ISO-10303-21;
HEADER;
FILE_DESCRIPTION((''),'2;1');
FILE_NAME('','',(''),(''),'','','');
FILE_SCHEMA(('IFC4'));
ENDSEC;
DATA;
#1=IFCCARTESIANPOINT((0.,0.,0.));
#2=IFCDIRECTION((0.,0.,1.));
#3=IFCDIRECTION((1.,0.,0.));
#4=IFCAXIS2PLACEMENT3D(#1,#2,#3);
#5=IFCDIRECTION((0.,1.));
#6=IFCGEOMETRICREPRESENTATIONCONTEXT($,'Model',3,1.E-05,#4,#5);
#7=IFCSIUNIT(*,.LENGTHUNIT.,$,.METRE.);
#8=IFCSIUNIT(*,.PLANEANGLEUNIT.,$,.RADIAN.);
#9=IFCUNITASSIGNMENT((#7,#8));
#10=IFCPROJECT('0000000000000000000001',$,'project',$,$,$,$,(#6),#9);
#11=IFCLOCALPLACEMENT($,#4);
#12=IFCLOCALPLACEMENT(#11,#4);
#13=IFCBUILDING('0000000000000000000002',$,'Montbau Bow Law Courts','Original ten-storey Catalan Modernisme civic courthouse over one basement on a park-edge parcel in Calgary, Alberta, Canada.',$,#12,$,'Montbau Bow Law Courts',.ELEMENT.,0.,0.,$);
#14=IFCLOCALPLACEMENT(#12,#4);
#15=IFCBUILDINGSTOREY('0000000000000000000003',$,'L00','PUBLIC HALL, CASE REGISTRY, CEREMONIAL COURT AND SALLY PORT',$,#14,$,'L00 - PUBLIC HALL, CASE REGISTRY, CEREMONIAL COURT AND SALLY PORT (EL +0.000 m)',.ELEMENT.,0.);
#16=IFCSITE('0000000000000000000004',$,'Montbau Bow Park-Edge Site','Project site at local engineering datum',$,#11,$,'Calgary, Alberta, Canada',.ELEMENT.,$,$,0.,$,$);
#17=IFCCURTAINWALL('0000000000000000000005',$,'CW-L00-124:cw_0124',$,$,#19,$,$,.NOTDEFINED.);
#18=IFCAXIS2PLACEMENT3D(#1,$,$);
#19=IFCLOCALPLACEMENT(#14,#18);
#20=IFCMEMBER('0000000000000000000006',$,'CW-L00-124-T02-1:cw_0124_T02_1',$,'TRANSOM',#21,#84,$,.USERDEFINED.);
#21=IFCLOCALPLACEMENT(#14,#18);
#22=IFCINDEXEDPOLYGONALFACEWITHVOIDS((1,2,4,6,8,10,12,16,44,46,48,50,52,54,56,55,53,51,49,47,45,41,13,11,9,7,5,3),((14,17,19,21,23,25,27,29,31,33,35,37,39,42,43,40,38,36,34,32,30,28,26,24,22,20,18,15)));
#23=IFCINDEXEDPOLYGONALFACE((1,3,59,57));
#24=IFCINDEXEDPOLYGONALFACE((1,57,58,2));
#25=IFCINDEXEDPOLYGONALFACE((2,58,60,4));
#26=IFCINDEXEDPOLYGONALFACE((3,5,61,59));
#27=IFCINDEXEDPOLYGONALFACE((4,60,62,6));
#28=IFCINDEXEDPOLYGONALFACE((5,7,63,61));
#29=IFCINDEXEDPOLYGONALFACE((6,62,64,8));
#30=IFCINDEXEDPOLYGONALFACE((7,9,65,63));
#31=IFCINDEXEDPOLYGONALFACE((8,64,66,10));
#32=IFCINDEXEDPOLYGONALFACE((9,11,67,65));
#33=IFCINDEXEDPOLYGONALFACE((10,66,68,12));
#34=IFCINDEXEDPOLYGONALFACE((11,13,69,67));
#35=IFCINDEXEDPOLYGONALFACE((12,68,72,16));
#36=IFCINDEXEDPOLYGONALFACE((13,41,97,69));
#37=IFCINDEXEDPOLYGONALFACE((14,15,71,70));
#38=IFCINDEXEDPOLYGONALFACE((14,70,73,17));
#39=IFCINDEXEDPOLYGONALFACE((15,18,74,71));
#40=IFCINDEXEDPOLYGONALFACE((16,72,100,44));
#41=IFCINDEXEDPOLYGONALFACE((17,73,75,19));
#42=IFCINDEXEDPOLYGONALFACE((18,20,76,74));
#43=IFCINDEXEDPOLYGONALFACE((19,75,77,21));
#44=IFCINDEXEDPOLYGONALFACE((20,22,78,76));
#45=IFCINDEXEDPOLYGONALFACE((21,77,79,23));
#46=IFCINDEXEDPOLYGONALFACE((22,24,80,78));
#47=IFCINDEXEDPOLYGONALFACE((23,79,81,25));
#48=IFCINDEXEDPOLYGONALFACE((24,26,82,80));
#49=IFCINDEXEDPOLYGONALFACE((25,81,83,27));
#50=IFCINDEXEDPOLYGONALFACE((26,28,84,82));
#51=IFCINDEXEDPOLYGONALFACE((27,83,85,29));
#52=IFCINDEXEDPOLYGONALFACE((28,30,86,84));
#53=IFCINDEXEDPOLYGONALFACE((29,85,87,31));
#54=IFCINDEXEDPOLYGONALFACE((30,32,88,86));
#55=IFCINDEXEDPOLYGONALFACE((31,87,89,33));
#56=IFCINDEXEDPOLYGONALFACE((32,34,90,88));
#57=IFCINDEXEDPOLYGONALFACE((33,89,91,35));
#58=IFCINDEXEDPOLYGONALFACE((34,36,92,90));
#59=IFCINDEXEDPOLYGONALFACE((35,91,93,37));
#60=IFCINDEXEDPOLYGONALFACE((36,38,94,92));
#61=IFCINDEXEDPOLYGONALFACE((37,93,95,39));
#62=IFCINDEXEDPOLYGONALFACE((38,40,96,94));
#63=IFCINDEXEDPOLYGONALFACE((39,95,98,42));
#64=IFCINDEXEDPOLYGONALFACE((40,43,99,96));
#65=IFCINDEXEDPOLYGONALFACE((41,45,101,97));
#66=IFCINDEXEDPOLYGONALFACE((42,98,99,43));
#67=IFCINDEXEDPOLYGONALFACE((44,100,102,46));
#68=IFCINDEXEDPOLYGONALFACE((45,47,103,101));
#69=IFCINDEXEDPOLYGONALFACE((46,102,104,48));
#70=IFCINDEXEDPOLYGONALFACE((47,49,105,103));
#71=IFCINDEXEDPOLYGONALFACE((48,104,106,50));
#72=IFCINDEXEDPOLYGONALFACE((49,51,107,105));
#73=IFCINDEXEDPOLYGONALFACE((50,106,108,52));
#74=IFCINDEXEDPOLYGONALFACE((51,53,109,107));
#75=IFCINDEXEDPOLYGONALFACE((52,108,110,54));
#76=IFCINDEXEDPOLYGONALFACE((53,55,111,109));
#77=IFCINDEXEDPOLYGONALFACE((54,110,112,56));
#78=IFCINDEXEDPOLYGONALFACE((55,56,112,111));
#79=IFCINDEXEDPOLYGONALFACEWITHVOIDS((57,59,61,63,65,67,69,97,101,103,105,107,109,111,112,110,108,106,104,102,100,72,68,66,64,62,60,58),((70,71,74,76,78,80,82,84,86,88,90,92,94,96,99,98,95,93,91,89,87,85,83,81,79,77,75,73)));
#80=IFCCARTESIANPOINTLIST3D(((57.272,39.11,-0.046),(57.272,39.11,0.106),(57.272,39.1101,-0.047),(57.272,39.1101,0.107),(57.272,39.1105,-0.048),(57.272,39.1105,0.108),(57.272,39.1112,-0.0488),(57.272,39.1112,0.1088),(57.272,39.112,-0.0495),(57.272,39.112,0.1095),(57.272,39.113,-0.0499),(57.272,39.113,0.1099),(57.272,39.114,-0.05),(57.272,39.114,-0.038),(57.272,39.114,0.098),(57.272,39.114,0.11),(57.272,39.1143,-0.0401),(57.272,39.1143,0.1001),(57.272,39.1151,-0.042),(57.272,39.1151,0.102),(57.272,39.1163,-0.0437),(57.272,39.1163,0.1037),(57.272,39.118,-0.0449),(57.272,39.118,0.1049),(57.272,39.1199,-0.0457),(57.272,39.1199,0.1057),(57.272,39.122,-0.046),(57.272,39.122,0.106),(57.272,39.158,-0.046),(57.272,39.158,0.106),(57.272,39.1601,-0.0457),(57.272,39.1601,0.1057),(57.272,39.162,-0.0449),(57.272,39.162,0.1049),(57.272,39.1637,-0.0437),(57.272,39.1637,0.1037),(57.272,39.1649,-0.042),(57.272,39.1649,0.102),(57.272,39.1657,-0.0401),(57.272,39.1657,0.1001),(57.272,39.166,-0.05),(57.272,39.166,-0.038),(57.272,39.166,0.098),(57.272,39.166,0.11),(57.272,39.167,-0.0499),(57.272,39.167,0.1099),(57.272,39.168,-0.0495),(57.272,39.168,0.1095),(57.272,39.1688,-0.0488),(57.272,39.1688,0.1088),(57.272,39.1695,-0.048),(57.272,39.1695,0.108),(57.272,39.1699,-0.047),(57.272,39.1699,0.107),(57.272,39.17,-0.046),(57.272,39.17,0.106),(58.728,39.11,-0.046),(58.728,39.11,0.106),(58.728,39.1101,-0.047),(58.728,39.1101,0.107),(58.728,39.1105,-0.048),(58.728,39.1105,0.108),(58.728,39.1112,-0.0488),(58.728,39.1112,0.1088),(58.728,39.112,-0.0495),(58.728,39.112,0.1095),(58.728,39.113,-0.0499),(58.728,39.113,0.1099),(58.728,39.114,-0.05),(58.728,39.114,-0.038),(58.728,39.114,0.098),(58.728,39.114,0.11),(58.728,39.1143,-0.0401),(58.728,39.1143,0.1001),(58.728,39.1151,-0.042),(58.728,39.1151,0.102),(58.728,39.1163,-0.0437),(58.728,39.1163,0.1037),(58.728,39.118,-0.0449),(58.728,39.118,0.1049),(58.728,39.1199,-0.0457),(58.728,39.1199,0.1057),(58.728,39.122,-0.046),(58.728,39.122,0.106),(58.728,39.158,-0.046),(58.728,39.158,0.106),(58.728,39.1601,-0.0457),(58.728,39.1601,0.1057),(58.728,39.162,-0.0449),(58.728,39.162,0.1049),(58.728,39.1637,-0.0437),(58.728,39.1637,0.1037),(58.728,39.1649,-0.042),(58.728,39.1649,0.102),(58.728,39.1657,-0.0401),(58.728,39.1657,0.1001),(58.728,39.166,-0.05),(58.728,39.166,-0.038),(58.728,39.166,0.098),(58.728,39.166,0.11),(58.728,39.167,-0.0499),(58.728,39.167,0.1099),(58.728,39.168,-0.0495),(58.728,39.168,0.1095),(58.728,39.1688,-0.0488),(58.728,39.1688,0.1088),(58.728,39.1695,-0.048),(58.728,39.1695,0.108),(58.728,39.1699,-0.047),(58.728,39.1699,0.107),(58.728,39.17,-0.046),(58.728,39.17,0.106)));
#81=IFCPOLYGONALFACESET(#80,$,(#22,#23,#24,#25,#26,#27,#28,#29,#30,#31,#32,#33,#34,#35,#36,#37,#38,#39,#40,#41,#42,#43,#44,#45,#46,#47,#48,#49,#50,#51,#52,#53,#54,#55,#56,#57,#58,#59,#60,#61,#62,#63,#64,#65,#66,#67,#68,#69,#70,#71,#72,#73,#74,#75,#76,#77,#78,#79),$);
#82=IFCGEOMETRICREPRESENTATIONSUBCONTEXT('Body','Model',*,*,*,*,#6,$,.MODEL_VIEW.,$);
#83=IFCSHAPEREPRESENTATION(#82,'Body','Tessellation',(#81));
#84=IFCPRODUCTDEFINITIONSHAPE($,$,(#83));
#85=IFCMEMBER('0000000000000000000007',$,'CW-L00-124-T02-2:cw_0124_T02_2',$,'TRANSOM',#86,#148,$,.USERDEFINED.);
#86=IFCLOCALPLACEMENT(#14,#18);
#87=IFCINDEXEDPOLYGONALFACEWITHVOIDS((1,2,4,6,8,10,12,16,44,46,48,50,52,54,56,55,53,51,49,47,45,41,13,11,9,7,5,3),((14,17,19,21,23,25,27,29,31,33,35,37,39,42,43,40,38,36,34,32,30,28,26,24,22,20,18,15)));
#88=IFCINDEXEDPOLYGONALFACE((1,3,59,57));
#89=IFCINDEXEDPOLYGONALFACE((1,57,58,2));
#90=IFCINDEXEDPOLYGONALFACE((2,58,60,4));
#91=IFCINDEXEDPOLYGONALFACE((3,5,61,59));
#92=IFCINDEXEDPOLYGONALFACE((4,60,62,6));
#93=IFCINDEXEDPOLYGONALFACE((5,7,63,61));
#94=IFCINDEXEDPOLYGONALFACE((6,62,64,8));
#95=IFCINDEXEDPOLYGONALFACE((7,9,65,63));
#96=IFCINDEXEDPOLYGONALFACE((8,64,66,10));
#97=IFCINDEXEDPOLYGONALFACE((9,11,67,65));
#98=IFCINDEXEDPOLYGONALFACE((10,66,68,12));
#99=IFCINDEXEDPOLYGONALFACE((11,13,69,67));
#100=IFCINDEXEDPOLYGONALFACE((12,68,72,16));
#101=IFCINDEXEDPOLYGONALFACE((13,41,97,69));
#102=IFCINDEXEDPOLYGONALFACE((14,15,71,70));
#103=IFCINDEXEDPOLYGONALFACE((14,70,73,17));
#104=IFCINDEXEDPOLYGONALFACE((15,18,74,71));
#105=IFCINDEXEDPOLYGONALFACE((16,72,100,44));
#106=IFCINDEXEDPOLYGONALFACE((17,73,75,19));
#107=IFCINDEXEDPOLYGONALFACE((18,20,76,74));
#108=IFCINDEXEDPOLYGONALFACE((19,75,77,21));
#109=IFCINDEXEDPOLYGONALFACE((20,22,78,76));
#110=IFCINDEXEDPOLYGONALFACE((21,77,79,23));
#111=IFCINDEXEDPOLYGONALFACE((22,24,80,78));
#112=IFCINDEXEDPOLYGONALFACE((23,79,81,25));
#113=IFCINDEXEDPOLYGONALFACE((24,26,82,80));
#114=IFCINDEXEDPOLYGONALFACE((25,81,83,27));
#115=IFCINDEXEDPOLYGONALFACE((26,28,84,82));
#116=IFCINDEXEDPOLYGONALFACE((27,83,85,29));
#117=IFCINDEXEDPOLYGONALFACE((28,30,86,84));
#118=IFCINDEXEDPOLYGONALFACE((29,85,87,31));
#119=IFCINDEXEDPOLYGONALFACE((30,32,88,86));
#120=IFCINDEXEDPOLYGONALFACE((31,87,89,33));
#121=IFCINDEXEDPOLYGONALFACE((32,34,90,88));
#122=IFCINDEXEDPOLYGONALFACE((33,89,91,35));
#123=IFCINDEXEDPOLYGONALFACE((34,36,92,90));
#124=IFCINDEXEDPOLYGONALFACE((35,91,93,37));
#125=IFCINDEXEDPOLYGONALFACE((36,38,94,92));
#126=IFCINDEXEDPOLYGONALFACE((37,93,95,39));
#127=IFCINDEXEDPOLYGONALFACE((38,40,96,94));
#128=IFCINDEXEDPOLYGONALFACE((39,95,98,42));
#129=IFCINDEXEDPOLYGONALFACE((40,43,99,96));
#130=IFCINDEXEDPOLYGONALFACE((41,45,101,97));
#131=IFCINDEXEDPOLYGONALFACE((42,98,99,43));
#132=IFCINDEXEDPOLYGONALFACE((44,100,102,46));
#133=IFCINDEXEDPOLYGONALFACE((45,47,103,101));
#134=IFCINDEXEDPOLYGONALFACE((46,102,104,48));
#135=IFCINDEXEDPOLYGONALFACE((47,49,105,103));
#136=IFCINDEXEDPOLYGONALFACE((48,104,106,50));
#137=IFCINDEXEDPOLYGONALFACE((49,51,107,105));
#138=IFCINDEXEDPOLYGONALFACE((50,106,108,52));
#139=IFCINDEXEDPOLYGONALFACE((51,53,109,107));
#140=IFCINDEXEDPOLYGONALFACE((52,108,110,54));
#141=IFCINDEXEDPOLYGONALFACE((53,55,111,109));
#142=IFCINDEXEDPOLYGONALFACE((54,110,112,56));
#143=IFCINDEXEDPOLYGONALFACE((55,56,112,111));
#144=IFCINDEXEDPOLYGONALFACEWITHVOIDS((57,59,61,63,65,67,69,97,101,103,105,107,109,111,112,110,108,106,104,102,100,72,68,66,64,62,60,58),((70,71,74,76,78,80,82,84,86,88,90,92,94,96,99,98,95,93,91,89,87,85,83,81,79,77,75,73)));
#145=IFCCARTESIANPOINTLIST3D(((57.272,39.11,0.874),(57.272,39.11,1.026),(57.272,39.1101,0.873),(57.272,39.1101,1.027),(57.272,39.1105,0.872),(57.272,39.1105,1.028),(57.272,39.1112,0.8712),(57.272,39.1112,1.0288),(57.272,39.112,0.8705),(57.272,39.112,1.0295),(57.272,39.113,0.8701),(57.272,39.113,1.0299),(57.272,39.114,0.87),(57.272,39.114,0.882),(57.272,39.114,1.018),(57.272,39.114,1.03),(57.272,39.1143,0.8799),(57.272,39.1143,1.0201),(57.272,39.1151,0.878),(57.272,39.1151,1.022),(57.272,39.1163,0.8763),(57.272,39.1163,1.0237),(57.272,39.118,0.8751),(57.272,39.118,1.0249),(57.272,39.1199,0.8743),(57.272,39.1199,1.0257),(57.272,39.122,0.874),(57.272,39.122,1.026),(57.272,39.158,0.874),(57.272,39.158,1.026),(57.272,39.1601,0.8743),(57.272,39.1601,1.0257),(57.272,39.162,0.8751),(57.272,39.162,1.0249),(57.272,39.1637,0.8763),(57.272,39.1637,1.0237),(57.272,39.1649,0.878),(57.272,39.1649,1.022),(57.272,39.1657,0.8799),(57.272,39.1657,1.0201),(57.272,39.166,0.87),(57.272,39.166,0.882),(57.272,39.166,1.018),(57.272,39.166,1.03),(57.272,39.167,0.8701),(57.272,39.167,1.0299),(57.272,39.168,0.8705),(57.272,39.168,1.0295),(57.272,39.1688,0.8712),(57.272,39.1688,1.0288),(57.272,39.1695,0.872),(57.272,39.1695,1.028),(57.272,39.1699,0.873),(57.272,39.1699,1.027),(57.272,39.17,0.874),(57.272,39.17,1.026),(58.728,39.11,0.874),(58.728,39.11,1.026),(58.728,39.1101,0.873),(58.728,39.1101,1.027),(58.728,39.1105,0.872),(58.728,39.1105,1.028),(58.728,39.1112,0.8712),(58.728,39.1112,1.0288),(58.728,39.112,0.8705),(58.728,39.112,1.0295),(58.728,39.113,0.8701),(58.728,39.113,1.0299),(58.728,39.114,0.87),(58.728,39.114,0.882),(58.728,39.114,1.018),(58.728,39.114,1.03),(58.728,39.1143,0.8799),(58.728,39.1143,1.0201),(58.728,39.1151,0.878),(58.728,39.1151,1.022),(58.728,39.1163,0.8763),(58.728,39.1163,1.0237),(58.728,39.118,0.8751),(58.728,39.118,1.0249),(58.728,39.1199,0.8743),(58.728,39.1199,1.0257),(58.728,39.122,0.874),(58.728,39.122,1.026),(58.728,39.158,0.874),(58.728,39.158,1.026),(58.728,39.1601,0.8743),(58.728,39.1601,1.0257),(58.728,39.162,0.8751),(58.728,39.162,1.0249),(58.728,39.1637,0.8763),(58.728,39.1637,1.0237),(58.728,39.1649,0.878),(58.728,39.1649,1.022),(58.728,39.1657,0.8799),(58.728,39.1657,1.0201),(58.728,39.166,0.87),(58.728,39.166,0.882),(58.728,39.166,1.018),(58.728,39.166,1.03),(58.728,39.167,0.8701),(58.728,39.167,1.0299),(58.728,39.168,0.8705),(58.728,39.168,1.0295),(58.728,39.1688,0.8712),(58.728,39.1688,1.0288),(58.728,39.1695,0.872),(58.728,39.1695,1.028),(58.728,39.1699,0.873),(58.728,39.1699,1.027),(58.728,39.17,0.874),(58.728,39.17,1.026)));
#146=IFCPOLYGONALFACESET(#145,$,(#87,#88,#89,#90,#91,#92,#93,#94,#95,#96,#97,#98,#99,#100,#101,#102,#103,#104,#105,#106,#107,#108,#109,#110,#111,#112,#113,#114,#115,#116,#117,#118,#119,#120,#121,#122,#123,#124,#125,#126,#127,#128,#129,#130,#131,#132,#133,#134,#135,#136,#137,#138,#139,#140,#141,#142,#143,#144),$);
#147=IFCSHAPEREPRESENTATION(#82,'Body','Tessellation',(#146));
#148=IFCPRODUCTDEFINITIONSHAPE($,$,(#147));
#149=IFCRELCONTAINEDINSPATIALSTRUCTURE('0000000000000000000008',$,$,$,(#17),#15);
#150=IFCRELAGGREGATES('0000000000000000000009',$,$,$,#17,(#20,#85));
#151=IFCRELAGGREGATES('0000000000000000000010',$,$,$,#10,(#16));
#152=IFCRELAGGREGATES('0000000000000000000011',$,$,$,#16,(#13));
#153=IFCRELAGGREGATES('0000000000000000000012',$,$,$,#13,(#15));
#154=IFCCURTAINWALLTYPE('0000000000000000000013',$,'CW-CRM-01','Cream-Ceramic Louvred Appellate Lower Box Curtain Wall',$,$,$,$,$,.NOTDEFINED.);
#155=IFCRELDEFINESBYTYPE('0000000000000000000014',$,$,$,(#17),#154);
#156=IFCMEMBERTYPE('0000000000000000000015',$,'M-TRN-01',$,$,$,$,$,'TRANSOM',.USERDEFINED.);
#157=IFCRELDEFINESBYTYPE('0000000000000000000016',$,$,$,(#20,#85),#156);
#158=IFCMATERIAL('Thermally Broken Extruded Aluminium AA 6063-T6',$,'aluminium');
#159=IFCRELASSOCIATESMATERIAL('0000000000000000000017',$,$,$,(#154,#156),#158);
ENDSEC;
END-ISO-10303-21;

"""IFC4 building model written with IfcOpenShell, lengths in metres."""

from ifc_helpers import new_model, si_unit, direction, frame, origin_with_axes, origin_2d_with_axis, place, context, subcontext, project, spatial, hollow_rectangle, extrude, material, material_profile, profile_set, type_object, element, aggregate, save


model = new_model("IFC4")

# Units and contexts
model_context = context("Model", 3, precision=1e-05, world=origin_with_axes(), true_north=direction((0.0, 1.0)))
body_context = subcontext(model_context, "Body", "Model", "MODEL_VIEW")
ifc_project = project(units=[si_unit("LENGTHUNIT", "METRE"), si_unit("PLANEANGLEUNIT", "RADIAN")], contexts=[model_context])

# Site, building, storey
site_placement = place(None, origin_with_axes())
site = spatial("IfcSite", under=ifc_project, at=site_placement, Name="Montbau Bow Park-Edge Site", Description="Project site at local engineering datum", LongName="Calgary, Alberta, Canada", CompositionType="ELEMENT", RefElevation=0.0)
building_placement = place(site_placement, origin_with_axes())
building = spatial("IfcBuilding", under=site, at=building_placement, Name="Montbau Bow Law Courts", Description="Original ten-storey Catalan Modernisme civic courthouse over one basement on a park-edge parcel in Calgary, Alberta, Canada.", LongName="Montbau Bow Law Courts", CompositionType="ELEMENT", ElevationOfRefHeight=0.0, ElevationOfTerrain=0.0)
storey_placement = place(building_placement, origin_with_axes())
storey = spatial("IfcBuildingStorey", under=building, at=storey_placement, Name="L00", Description="PUBLIC HALL, CASE REGISTRY, CEREMONIAL COURT AND SALLY PORT", LongName="L00 - PUBLIC HALL, CASE REGISTRY, CEREMONIAL COURT AND SALLY PORT (EL +0.000 m)", CompositionType="ELEMENT", Elevation=0.0)

# Curtain wall, members
ifc_material_1 = material(Name="Thermally Broken Extruded Aluminium AA 6063-T6", Category="aluminium")
curtain_wall_type = type_object("IfcCurtainWallType", Name="CW-CRM-01", Description="Cream-Ceramic Louvred Appellate Lower Box Curtain Wall", PredefinedType="NOTDEFINED", material=ifc_material_1)
curtain_wall_placement = place(None, frame((55.715, 39.14, 0.0), z_axis=(0.0, 0.0, 1.0), x_axis=(1.0, 0.0, 0.0)))
curtain_wall = element("IfcCurtainWall", 1, at=curtain_wall_placement, inside=storey, type_object=curtain_wall_type, Name="CW-L00-124:cw_0124", PredefinedType="NOTDEFINED")
ifc_material_profile_1 = material_profile(ifc_material_1, hollow_rectangle(XDim=0.06, YDim=0.16, WallThickness=0.004, InnerFilletRadius=0.008, OuterFilletRadius=0.004, at=origin_2d_with_axis()), Name="CWT-160X60", Category="Main", Priority=0)
ifc_profile_set_1 = profile_set([ifc_material_profile_1], Name="Thermally Broken Extruded Aluminium AA 6063-T6")
member_type_1 = type_object("IfcMemberType", Name="M-TRN-01", ElementType="TRANSOM", PredefinedType="USERDEFINED", material=ifc_profile_set_1)
member_1_placement = place(None, frame((57.272, 39.14, 0.03), z_axis=(1.0, 0.0, 0.0), x_axis=(0.0, 1.0, 0.0)))
member_1 = element("IfcMember", 2, at=member_1_placement, type_object=member_type_1, Name="CW-L00-124-T02-1:cw_0124_T02_1", ObjectType="TRANSOM", PredefinedType="USERDEFINED", context=body_context, shape_type="SweptSolid", body=[
    extrude(hollow_rectangle(XDim=0.06, YDim=0.16, WallThickness=0.004, InnerFilletRadius=0.008, OuterFilletRadius=0.004, at=origin_2d_with_axis()), origin_with_axes(), (0.0, 0.0, 1.0), 1.456),
])
member_2_placement = place(None, frame((57.272, 39.14, 0.95), z_axis=(1.0, 0.0, 0.0), x_axis=(0.0, 1.0, 0.0)))
member_2 = element("IfcMember", 3, at=member_2_placement, type_object=member_type_1, Name="CW-L00-124-T02-2:cw_0124_T02_2", ObjectType="TRANSOM", PredefinedType="USERDEFINED", context=body_context, shape_type="SweptSolid", body=[
    extrude(hollow_rectangle(XDim=0.06, YDim=0.16, WallThickness=0.004, InnerFilletRadius=0.008, OuterFilletRadius=0.004, at=origin_2d_with_axis()), origin_with_axes(), (0.0, 0.0, 1.0), 1.456),
])
aggregate(curtain_wall, [member_1, member_2])

save(model, "model.ifc")
